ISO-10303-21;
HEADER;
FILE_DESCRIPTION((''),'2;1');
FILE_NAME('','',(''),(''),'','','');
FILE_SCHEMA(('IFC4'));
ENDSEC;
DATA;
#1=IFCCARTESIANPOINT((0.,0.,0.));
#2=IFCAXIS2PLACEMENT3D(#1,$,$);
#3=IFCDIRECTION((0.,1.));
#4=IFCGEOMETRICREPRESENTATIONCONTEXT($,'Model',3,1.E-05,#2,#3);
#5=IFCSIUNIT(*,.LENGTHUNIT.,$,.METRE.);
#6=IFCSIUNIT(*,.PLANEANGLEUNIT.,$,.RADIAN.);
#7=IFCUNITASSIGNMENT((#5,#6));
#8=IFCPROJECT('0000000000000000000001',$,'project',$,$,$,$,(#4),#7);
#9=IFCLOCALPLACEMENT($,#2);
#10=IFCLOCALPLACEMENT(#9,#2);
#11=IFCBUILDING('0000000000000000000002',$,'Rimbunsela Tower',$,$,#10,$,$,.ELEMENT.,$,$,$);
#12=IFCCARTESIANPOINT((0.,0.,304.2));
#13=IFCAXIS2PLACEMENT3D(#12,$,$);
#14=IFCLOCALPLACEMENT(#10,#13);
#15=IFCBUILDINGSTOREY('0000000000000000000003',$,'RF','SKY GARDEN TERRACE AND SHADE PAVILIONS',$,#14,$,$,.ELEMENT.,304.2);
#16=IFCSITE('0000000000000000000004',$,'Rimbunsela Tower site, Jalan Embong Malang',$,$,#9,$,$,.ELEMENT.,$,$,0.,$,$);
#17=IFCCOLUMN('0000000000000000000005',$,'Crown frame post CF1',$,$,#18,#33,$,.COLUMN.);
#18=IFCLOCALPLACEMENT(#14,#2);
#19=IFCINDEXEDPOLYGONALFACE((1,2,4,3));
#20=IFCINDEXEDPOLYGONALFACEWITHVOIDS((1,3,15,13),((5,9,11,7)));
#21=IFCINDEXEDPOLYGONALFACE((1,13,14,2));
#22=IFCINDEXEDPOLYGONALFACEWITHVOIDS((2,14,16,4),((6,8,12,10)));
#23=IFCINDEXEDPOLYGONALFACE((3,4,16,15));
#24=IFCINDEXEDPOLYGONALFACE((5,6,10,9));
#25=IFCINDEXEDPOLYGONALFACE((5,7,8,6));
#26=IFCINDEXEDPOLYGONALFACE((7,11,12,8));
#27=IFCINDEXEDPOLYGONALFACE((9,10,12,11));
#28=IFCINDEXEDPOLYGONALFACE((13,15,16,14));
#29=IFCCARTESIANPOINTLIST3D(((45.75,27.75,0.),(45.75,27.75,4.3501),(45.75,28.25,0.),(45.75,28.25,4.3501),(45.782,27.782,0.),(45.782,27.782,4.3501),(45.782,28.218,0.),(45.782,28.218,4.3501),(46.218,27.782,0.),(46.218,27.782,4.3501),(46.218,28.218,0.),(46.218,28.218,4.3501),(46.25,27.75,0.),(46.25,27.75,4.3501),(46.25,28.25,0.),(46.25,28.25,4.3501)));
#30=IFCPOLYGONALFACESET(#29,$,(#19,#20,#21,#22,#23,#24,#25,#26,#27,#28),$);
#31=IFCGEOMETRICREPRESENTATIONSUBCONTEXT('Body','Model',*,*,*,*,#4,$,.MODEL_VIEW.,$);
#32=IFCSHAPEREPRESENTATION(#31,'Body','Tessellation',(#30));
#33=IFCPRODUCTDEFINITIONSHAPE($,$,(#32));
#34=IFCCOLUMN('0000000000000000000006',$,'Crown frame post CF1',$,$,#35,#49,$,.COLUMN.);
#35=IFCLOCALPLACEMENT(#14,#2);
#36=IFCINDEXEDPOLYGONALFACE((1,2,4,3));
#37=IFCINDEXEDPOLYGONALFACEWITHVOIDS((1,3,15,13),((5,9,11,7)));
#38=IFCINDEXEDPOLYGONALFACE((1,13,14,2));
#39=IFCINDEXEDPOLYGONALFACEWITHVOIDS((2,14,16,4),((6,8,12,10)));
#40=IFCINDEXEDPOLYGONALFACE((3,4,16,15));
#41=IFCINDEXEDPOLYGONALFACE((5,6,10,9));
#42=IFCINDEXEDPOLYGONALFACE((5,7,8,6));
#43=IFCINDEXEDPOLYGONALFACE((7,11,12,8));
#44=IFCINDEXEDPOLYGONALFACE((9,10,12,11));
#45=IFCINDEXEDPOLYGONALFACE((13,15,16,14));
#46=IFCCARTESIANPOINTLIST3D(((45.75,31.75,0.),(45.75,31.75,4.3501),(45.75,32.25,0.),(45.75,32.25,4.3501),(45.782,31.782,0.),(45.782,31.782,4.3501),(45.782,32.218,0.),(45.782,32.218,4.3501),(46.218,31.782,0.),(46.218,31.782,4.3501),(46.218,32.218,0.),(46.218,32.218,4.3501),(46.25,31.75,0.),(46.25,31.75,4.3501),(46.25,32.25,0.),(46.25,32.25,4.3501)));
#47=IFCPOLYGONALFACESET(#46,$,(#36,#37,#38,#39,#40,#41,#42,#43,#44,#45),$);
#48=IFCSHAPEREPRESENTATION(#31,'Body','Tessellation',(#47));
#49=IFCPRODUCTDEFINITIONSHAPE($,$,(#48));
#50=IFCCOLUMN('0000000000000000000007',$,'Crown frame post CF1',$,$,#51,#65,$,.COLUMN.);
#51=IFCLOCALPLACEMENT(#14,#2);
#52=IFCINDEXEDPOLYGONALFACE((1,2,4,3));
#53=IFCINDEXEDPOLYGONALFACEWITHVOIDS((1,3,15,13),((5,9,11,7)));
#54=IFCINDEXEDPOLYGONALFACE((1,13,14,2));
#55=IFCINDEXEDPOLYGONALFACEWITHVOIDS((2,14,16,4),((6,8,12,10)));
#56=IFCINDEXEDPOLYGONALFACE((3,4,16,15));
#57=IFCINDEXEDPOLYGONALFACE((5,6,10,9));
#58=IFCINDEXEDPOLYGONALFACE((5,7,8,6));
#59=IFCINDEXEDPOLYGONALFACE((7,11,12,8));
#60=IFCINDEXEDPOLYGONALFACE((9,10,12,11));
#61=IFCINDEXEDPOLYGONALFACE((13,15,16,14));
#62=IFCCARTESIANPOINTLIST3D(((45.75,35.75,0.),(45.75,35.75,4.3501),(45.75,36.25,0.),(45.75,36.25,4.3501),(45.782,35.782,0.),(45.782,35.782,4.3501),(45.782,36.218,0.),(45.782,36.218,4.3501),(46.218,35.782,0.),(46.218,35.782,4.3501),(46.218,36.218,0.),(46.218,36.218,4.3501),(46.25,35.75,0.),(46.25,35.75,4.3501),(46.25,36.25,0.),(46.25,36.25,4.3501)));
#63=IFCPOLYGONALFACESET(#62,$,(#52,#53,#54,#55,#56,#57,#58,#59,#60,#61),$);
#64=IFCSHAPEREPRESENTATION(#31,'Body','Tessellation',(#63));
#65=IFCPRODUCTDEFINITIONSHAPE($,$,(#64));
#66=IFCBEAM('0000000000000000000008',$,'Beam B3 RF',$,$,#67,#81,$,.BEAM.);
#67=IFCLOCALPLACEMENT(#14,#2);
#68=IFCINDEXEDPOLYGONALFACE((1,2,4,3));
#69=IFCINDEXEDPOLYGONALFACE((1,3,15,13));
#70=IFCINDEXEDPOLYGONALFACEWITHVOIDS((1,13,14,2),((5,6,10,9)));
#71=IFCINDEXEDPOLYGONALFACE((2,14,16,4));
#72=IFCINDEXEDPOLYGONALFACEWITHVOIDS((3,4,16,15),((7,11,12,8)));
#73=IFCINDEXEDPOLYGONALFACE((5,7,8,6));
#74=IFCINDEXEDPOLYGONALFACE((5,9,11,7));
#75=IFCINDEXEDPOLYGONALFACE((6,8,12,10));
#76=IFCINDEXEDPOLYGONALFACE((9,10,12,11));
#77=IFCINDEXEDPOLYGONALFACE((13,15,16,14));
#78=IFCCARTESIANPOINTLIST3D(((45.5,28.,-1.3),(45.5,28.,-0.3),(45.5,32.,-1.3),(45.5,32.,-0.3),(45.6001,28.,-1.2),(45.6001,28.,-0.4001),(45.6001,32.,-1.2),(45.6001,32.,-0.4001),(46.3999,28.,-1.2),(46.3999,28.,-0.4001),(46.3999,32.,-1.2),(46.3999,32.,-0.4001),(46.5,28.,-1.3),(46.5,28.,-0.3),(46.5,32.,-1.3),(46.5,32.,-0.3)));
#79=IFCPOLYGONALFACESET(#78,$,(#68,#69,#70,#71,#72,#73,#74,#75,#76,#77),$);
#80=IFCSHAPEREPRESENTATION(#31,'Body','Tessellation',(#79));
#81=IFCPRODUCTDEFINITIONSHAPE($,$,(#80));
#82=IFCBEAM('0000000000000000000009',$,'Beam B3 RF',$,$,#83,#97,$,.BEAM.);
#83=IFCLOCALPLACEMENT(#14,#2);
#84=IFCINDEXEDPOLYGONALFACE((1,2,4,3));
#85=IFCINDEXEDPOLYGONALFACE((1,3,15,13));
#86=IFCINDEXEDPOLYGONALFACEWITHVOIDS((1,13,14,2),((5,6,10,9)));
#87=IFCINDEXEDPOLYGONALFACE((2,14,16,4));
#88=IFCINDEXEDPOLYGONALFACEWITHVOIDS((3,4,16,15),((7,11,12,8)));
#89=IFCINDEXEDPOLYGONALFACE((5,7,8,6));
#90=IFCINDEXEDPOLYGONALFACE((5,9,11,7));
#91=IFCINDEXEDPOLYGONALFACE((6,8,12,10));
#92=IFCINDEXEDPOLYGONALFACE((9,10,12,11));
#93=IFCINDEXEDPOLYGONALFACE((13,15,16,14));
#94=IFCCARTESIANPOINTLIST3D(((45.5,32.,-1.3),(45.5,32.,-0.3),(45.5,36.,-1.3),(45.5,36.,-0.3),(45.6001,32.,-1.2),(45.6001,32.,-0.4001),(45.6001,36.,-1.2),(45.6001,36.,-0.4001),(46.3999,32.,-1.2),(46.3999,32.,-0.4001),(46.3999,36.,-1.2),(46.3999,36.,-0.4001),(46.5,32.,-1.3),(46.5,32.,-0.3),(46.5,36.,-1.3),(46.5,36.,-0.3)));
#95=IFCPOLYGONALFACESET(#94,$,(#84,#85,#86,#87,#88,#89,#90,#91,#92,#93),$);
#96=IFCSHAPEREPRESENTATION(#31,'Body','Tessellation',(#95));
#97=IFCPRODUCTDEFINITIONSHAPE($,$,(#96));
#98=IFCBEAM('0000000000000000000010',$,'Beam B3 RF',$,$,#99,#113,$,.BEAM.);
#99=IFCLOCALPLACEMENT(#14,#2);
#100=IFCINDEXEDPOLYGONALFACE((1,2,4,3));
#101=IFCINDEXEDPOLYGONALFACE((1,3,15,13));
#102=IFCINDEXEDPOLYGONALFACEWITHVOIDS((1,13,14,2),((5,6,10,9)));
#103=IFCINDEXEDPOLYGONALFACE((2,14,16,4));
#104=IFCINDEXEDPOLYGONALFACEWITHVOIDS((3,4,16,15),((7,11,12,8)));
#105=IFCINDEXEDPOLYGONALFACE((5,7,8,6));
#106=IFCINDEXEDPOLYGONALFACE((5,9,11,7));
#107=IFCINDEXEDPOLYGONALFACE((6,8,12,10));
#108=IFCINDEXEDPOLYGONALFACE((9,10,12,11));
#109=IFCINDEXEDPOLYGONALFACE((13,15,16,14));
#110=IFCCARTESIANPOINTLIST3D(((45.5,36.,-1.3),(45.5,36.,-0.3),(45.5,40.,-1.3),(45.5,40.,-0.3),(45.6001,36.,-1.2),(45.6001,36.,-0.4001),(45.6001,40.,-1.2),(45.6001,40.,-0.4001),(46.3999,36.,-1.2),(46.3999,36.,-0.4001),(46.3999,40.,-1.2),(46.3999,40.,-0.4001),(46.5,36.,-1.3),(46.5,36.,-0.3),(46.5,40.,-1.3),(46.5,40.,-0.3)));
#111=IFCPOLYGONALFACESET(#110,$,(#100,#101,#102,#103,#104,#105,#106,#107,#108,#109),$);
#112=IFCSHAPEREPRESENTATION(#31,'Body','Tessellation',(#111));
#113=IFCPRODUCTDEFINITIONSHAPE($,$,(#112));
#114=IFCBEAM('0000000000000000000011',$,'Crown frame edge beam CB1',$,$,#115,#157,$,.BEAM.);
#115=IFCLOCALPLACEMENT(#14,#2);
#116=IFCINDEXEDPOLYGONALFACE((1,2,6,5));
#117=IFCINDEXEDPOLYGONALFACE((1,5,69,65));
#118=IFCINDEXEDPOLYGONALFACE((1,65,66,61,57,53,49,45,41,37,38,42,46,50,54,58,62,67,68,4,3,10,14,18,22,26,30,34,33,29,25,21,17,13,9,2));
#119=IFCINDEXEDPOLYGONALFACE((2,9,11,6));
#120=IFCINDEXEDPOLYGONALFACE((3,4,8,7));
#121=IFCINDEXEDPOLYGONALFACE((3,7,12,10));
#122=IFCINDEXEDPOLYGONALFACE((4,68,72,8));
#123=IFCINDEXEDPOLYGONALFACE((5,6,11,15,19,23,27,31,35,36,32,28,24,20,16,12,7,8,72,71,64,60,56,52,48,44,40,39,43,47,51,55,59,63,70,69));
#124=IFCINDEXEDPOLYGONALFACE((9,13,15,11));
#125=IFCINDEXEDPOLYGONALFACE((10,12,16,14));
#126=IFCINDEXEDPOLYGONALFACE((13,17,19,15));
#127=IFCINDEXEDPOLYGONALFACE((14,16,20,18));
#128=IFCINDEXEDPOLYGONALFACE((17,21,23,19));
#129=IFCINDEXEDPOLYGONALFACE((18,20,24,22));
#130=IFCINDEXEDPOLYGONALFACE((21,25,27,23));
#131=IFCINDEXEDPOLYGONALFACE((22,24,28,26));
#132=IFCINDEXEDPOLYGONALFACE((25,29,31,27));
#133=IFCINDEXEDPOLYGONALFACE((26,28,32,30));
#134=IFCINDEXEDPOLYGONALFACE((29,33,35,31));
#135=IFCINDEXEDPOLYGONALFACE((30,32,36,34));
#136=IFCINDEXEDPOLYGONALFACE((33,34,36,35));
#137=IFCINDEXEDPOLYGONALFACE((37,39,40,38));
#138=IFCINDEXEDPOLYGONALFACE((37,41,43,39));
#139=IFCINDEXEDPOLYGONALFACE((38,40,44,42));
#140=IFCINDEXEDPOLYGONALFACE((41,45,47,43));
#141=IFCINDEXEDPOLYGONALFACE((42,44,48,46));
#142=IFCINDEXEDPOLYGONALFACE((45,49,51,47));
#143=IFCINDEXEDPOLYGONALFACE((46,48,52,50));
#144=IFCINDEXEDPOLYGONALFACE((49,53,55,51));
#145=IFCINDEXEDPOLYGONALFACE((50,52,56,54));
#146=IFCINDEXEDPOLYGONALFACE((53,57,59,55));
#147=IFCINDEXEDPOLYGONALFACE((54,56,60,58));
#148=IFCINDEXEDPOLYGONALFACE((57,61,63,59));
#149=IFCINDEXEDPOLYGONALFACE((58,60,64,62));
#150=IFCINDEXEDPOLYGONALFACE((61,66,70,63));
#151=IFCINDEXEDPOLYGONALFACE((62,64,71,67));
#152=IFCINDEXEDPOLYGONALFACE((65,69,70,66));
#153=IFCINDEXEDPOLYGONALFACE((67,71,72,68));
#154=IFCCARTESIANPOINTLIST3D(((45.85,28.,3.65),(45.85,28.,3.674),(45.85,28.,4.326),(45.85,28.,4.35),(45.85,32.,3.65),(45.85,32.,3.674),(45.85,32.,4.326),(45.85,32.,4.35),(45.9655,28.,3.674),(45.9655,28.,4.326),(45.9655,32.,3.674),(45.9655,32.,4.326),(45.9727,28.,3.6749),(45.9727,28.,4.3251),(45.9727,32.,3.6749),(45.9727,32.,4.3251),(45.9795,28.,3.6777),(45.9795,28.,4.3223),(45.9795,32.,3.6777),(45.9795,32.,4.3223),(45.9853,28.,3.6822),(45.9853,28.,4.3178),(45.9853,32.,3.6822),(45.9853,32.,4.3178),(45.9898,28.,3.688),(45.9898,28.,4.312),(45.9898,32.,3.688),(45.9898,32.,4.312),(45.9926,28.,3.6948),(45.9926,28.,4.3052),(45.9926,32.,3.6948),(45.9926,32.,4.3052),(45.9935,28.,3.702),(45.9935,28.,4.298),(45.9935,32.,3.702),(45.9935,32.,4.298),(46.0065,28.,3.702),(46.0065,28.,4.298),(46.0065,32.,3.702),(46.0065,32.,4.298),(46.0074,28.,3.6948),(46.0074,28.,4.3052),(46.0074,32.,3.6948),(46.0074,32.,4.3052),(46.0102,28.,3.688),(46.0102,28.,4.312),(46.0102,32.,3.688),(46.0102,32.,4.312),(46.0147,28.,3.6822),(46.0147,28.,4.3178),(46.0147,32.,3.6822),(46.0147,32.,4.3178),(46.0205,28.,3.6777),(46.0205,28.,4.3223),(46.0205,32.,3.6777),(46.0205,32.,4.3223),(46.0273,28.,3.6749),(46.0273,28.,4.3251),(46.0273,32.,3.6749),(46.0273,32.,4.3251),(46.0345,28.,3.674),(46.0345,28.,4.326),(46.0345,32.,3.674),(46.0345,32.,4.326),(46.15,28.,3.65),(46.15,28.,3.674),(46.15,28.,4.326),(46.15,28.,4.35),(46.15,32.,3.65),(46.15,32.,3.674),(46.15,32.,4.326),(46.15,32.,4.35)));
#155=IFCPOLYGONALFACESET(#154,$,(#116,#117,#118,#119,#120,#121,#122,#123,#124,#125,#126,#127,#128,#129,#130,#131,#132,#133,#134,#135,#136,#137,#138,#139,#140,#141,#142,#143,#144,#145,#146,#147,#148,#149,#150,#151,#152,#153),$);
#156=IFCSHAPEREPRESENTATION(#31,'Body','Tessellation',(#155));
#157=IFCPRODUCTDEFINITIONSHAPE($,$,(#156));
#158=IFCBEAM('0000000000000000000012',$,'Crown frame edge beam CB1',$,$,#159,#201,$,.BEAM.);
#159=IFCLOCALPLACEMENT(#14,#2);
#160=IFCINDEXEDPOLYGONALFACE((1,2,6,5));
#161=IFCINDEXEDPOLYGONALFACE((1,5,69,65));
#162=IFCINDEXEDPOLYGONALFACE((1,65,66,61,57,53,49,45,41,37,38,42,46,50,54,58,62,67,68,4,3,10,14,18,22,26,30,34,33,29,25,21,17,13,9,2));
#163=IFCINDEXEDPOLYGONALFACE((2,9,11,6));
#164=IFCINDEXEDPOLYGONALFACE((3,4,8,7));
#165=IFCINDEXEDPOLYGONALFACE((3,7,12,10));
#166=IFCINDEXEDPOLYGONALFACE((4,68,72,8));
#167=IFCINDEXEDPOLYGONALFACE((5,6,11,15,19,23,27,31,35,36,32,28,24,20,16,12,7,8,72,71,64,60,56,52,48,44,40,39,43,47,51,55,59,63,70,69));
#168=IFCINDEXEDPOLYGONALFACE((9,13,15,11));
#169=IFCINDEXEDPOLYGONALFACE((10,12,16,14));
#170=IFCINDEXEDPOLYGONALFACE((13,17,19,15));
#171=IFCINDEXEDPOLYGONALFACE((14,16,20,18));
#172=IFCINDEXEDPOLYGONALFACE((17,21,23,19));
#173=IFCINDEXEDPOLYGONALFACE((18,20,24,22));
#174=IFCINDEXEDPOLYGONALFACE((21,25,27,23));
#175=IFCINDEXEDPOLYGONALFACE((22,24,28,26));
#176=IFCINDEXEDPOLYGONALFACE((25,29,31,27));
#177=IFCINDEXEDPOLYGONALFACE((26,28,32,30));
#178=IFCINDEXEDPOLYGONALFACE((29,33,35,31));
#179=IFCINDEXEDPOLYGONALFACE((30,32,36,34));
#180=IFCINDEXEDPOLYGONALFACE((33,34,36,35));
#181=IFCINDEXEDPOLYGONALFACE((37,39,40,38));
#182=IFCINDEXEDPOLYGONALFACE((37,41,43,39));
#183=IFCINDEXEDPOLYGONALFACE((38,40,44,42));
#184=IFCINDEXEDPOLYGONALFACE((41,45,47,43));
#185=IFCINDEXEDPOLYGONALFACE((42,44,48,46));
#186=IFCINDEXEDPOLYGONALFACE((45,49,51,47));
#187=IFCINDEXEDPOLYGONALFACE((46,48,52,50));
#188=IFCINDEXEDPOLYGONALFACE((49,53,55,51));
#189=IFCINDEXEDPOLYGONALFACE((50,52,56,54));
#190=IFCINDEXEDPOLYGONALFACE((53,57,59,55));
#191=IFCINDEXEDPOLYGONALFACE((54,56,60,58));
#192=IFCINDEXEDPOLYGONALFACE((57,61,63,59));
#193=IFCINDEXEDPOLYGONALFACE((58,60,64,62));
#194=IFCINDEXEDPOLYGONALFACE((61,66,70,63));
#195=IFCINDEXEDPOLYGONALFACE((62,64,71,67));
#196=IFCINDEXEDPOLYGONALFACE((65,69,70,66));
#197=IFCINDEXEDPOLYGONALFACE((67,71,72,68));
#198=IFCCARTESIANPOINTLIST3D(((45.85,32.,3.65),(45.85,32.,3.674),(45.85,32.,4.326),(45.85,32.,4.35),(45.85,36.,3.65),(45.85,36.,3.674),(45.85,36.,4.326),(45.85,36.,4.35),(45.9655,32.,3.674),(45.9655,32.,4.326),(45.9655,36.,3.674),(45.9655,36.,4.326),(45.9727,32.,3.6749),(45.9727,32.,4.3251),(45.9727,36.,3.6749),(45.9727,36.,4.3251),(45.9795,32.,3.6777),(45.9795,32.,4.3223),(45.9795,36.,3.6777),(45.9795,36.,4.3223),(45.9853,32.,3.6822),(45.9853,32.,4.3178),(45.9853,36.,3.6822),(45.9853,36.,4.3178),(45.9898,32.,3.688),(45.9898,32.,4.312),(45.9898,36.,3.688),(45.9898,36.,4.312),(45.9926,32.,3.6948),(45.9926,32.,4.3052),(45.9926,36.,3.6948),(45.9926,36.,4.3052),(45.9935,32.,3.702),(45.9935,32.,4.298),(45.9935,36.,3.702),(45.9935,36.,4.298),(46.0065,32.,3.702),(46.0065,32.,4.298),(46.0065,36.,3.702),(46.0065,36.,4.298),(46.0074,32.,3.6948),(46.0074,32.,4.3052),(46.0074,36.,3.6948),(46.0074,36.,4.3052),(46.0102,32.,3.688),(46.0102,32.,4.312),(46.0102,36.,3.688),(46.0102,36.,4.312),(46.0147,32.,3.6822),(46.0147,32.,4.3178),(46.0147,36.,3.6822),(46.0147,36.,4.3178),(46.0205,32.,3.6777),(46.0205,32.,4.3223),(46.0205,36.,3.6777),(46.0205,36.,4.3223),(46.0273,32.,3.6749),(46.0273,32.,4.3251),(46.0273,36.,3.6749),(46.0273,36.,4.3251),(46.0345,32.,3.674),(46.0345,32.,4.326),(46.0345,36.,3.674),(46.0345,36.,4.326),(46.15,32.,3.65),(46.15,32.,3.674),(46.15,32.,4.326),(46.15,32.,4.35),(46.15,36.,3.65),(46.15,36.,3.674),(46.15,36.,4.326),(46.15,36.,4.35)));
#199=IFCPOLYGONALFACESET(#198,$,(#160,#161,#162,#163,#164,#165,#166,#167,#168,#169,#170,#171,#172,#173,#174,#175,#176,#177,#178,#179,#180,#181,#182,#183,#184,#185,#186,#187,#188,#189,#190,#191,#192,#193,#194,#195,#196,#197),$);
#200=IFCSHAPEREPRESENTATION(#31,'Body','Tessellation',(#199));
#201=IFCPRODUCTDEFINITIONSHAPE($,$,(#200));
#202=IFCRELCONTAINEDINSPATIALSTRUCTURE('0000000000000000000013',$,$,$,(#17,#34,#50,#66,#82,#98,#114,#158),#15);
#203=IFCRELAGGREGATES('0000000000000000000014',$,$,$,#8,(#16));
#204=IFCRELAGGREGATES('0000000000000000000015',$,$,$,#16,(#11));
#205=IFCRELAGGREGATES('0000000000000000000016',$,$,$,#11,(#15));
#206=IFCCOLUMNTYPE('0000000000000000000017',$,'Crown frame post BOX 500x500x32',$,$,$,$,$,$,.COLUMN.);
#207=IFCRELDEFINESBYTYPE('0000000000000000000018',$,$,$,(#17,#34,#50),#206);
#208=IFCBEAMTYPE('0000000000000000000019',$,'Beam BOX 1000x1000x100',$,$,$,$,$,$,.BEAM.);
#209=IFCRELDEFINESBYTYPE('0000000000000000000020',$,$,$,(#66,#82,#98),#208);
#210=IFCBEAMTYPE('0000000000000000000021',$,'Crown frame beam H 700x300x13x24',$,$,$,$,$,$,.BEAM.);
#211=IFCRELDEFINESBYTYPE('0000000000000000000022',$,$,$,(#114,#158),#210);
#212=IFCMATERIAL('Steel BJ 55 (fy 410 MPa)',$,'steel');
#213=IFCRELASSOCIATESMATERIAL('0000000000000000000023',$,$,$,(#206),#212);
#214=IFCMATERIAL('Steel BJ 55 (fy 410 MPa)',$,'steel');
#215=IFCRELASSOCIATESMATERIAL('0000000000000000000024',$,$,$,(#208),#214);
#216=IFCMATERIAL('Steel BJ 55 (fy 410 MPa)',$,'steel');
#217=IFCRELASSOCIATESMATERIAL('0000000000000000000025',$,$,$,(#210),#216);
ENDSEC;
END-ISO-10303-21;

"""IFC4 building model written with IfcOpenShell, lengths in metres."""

from ifc_helpers import new_model, si_unit, direction, frame, origin, origin_2d, place, context, subcontext, project, spatial, hollow_rectangle, i_section, extrude, material, material_profile, profile_set, type_object, element, save


model = new_model("IFC4")

# Units and contexts
model_context = context("Model", 3, precision=1e-05, world=origin(), true_north=direction((0.0, 1.0)))
body_context = subcontext(model_context, "Body", "Model", "MODEL_VIEW")
ifc_project = project(units=[si_unit("LENGTHUNIT", "METRE"), si_unit("PLANEANGLEUNIT", "RADIAN")], contexts=[model_context])

# Site, building, storey
site_placement = place(None, origin())
site = spatial("IfcSite", under=ifc_project, at=site_placement, Name="Rimbunsela Tower site, Jalan Embong Malang", CompositionType="ELEMENT", RefElevation=0.0)
building_placement = place(site_placement, origin())
building = spatial("IfcBuilding", under=site, at=building_placement, Name="Rimbunsela Tower", CompositionType="ELEMENT")
storey_placement = place(building_placement, frame((0.0, 0.0, 304.2)))
storey = spatial("IfcBuildingStorey", under=building, at=storey_placement, Name="RF", Description="SKY GARDEN TERRACE AND SHADE PAVILIONS", CompositionType="ELEMENT", Elevation=304.2)

# Columns
ifc_material_1 = material(Name="Steel BJ 55 (fy 410 MPa)", Category="steel")
ifc_material_profile_1 = material_profile(ifc_material_1, hollow_rectangle(XDim=0.5, YDim=0.5, WallThickness=0.032, at=origin_2d()), Name="BOX 500x500x32")
ifc_profile_set_1 = profile_set([ifc_material_profile_1], Name="Steel BJ 55 (fy 410 MPa)")
column_type = type_object("IfcColumnType", Name="Crown frame post BOX 500x500x32", PredefinedType="COLUMN", material=ifc_profile_set_1)
for number, where, z_axis, x_axis, name in (
    (1, (46.0, 28.0, 0.0), (0.0, 0.0, 1.0), (1.0, 0.0, 0.0), "Crown frame post CF1"),
    (2, (46.0, 32.0, 0.0), (0.0, 0.0, 1.0), (1.0, 0.0, 0.0), "Crown frame post CF1"),
    (3, (46.0, 36.0, 0.0), (0.0, 0.0, 1.0), (1.0, 0.0, 0.0), "Crown frame post CF1"),
):
    element("IfcColumn", number, at=place(storey_placement, frame(where, z_axis=z_axis, x_axis=x_axis)), inside=storey, type_object=column_type, Name=name, PredefinedType="COLUMN", context=body_context, shape_type="SweptSolid", body=[
        extrude(hollow_rectangle(XDim=0.5, YDim=0.5, WallThickness=0.032, at=origin_2d()), origin(), (0.0, 0.0, 1.0), 4.3501),
    ])

# Beams
ifc_material_2 = material(Name="Steel BJ 55 (fy 410 MPa)", Category="steel")
ifc_material_profile_2 = material_profile(ifc_material_2, hollow_rectangle(XDim=1.0, YDim=1.0, WallThickness=0.1001, at=origin_2d()), Name="BOX 1000x1000x100")
ifc_profile_set_2 = profile_set([ifc_material_profile_2], Name="Steel BJ 55 (fy 410 MPa)")
beam_type_1 = type_object("IfcBeamType", Name="Beam BOX 1000x1000x100", PredefinedType="BEAM", material=ifc_profile_set_2)
for number, where, z_axis, x_axis, name in (
    (4, (46.0, 28.0, -0.8), (0.0, 1.0, 0.0), (-1.0, 0.0, 0.0), "Beam B3 RF"),
    (5, (46.0, 32.0, -0.8), (0.0, 1.0, 0.0), (-1.0, 0.0, 0.0), "Beam B3 RF"),
    (6, (46.0, 36.0, -0.8), (0.0, 1.0, 0.0), (-1.0, 0.0, 0.0), "Beam B3 RF"),
):
    element("IfcBeam", number, at=place(storey_placement, frame(where, z_axis=z_axis, x_axis=x_axis)), inside=storey, type_object=beam_type_1, Name=name, PredefinedType="BEAM", context=body_context, shape_type="SweptSolid", body=[
        extrude(hollow_rectangle(XDim=1.0, YDim=1.0, WallThickness=0.1001, at=origin_2d()), origin(), (0.0, 0.0, 1.0), 4.0),
    ])
ifc_material_3 = material(Name="Steel BJ 55 (fy 410 MPa)", Category="steel")
ifc_material_profile_3 = material_profile(ifc_material_3, i_section(OverallWidth=0.3, OverallDepth=0.7, WebThickness=0.0129, FlangeThickness=0.0239, FilletRadius=0.0281, at=origin_2d()), Name="H 700x300x13x24")
ifc_profile_set_3 = profile_set([ifc_material_profile_3], Name="Steel BJ 55 (fy 410 MPa)")
beam_type_2 = type_object("IfcBeamType", Name="Crown frame beam H 700x300x13x24", PredefinedType="BEAM", material=ifc_profile_set_3)
for number, where, z_axis, x_axis, name in (
    (7, (46.0, 28.0, 4.0), (0.0, 1.0, 0.0), (-1.0, 0.0, 0.0), "Crown frame edge beam CB1"),
    (8, (46.0, 32.0, 4.0), (0.0, 1.0, 0.0), (-1.0, 0.0, 0.0), "Crown frame edge beam CB1"),
):
    element("IfcBeam", number, at=place(storey_placement, frame(where, z_axis=z_axis, x_axis=x_axis)), inside=storey, type_object=beam_type_2, Name=name, PredefinedType="BEAM", context=body_context, shape_type="SweptSolid", body=[
        extrude(i_section(OverallWidth=0.3, OverallDepth=0.7, WebThickness=0.0129, FlangeThickness=0.0239, FilletRadius=0.0281, at=origin_2d()), origin(), (0.0, 0.0, 1.0), 4.0),
    ])

save(model, "model.ifc")
